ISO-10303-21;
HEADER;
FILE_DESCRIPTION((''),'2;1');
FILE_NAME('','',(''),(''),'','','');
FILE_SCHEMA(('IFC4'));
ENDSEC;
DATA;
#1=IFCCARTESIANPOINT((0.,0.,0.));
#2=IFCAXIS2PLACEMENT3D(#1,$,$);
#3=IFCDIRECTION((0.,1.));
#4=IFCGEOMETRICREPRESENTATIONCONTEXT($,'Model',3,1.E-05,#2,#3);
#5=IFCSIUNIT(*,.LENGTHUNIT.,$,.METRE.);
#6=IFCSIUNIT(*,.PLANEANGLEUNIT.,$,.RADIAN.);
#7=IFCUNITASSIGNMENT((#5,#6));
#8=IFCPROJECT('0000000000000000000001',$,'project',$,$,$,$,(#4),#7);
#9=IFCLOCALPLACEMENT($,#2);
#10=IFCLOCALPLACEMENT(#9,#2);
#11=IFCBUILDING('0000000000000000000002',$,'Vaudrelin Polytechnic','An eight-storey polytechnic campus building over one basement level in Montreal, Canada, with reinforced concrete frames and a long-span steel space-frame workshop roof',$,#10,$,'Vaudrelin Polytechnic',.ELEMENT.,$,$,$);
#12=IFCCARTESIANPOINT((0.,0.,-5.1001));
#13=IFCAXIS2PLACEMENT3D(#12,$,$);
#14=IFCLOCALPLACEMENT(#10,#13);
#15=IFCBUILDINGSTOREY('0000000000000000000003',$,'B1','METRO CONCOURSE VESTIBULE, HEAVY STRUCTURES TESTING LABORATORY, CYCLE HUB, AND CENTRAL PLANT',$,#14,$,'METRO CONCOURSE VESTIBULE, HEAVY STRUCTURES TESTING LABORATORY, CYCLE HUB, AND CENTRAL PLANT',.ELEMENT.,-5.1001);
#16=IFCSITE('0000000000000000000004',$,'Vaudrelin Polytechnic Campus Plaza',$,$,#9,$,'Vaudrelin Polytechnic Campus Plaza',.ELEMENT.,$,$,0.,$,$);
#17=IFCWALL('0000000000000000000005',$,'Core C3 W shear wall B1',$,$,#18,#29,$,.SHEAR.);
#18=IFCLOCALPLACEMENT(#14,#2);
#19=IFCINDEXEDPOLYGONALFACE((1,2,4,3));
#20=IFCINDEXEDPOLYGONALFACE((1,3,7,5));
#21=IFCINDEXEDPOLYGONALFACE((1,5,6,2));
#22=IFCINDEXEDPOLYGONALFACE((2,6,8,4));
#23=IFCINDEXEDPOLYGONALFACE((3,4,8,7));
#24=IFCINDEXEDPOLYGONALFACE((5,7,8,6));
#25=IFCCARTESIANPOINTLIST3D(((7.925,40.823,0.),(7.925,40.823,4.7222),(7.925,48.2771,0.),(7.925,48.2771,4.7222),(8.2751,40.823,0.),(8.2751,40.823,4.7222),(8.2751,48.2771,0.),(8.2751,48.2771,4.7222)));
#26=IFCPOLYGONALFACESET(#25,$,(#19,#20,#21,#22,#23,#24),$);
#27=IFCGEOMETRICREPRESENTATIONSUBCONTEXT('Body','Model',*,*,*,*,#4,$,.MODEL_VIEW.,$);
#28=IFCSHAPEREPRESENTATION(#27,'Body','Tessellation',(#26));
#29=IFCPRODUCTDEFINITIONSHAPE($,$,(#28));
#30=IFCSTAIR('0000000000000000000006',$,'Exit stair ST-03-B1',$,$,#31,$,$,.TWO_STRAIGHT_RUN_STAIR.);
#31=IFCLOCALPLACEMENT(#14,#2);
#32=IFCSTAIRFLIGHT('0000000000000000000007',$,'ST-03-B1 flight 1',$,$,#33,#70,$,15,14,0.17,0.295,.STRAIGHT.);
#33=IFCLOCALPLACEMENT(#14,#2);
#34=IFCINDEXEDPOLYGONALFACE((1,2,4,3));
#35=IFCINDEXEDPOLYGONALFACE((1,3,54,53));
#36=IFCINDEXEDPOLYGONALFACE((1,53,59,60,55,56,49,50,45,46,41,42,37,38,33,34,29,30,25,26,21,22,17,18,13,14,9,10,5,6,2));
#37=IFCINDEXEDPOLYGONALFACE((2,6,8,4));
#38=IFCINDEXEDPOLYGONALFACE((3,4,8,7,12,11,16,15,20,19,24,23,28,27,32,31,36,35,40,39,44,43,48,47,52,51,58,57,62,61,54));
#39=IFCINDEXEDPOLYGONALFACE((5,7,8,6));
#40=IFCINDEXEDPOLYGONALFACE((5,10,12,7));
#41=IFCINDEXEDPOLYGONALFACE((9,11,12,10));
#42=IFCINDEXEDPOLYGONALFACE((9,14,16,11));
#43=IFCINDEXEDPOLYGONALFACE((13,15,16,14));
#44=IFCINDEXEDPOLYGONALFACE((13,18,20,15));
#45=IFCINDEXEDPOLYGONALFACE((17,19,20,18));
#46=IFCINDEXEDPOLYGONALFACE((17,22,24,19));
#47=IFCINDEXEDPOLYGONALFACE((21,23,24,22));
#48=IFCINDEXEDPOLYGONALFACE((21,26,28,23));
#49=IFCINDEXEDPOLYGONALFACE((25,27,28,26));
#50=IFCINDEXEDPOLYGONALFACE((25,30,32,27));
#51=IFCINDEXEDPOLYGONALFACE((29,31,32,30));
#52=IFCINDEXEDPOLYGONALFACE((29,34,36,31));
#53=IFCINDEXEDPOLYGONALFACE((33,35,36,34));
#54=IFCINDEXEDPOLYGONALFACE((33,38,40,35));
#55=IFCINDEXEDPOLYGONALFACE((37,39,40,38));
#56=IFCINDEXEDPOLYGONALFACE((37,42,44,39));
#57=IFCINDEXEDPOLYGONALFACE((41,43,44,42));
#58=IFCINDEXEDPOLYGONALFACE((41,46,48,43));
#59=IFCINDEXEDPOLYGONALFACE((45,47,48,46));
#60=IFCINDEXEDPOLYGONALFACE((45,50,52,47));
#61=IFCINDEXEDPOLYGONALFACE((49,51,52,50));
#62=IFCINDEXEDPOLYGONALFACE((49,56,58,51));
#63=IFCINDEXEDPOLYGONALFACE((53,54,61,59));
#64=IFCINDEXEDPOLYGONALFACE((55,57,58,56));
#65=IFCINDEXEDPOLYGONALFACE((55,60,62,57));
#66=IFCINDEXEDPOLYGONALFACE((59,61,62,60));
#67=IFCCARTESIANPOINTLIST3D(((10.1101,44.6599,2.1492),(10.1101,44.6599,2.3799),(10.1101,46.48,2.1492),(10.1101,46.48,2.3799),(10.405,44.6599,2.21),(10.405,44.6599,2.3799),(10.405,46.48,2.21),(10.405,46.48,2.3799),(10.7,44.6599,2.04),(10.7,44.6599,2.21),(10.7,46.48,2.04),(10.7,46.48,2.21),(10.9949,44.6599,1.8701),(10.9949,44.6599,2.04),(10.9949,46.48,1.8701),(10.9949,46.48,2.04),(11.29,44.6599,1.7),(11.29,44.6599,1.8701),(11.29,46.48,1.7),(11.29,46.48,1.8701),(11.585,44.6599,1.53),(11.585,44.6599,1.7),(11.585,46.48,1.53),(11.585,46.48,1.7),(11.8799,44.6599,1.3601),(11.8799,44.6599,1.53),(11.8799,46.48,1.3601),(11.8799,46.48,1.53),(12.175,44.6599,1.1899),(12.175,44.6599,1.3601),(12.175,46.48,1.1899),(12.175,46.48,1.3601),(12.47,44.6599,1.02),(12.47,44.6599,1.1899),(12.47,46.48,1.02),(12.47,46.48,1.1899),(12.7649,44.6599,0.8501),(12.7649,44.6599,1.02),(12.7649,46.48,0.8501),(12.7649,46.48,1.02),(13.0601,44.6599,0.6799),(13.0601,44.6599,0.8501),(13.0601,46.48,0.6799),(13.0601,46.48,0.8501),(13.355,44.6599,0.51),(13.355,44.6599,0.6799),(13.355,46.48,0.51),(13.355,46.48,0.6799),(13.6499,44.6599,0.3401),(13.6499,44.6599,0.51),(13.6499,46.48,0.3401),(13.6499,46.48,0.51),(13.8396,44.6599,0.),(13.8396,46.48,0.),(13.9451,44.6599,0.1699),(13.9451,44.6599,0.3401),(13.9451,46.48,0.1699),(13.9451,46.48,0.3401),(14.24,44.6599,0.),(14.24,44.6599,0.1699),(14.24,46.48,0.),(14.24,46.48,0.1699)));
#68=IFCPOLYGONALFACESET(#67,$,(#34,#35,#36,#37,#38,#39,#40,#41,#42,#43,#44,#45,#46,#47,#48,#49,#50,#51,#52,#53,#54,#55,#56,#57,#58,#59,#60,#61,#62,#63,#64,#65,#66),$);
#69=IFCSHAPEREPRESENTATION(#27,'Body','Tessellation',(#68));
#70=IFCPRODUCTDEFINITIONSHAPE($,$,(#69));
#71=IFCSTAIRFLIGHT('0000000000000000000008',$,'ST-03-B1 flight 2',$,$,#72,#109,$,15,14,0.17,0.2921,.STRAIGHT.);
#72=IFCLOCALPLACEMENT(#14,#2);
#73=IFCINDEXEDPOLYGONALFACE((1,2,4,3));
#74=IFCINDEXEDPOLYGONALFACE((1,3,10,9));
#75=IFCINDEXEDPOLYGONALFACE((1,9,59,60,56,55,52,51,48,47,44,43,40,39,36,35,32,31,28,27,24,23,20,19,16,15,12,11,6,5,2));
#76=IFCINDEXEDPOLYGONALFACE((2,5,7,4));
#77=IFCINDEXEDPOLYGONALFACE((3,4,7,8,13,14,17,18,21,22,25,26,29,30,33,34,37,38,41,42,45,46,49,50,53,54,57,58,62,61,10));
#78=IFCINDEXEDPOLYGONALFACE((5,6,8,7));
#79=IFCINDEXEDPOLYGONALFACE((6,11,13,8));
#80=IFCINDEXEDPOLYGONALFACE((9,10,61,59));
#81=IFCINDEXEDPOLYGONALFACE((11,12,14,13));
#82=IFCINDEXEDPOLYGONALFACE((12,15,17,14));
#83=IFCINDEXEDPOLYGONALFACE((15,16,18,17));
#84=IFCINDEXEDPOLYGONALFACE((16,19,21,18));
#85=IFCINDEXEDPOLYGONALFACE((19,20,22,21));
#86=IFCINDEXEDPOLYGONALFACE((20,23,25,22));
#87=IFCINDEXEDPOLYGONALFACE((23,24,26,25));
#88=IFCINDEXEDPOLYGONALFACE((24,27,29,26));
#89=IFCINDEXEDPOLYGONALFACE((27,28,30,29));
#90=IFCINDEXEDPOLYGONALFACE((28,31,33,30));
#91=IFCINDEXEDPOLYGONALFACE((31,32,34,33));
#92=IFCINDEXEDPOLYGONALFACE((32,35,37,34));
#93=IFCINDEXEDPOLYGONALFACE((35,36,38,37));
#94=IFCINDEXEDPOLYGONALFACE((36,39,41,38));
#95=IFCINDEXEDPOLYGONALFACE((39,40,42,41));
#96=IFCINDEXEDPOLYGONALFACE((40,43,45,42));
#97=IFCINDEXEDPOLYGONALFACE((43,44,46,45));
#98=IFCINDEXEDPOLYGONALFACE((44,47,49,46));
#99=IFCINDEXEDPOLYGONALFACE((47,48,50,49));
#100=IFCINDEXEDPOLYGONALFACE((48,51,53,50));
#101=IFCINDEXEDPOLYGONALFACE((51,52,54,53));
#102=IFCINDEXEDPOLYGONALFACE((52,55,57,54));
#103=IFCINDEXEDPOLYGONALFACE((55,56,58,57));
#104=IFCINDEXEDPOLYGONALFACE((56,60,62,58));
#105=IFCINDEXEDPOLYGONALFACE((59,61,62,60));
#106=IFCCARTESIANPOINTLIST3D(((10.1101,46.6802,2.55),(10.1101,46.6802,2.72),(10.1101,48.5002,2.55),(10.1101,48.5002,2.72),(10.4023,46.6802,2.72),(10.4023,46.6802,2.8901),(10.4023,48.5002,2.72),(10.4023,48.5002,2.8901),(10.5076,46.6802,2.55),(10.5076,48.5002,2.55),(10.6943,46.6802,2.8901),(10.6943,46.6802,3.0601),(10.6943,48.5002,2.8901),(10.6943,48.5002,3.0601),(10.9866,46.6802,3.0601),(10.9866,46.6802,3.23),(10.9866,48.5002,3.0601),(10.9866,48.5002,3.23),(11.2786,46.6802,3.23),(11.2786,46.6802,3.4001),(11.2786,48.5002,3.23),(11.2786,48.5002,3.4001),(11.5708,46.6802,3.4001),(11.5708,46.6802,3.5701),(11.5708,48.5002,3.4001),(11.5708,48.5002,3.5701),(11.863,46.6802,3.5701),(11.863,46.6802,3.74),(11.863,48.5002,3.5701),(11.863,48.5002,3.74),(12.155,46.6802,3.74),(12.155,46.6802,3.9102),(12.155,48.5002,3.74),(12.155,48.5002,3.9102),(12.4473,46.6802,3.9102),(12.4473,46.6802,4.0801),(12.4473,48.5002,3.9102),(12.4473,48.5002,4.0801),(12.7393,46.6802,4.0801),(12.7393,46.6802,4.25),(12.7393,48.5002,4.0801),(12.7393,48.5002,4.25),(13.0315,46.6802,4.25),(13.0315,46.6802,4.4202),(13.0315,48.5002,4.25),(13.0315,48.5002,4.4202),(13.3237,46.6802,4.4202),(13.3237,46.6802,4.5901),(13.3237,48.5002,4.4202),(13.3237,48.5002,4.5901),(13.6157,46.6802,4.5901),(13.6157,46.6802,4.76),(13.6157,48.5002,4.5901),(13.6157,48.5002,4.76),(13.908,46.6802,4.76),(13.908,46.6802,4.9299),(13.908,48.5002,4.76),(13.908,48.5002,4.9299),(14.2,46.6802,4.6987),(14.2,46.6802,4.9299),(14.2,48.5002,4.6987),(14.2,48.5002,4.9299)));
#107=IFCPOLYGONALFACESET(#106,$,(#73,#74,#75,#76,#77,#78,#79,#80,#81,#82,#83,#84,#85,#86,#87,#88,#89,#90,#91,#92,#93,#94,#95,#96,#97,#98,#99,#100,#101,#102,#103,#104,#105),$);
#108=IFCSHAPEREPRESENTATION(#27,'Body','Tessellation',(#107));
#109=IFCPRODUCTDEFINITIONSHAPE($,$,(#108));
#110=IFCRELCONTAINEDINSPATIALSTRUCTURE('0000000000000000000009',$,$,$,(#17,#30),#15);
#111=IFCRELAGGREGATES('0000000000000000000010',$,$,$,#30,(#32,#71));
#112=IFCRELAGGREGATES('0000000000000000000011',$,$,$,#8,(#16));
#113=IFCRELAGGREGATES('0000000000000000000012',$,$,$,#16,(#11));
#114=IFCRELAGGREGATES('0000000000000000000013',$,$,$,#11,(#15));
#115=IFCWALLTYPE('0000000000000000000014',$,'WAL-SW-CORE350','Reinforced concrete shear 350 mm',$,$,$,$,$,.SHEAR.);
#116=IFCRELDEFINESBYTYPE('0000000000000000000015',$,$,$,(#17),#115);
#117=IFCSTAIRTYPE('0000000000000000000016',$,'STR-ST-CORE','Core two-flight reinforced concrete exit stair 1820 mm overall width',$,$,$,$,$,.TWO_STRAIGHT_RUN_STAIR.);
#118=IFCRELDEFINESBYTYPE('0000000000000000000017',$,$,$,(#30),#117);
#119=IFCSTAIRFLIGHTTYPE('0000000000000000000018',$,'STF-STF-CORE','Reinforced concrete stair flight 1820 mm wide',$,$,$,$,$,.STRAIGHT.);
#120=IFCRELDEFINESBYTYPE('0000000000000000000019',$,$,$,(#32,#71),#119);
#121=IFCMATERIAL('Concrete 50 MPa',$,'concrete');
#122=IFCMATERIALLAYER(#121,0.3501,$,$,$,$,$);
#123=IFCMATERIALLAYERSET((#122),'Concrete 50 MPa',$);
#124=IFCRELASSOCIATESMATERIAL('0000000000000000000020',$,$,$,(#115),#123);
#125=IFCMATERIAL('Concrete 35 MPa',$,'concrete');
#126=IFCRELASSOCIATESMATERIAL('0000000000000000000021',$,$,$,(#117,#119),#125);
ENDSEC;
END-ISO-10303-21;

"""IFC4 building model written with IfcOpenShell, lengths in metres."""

from ifc_helpers import new_model, si_unit, direction, frame, frame_2d, origin, place, context, subcontext, project, spatial, polyline, rectangle, outline, extrude, material, layer, layer_set, type_object, element, aggregate, save


model = new_model("IFC4")

# Units and contexts
model_context = context("Model", 3, precision=1e-05, world=origin(), true_north=direction((0.0, 1.0)))
body_context = subcontext(model_context, "Body", "Model", "MODEL_VIEW")
ifc_project = project(units=[si_unit("LENGTHUNIT", "METRE"), si_unit("PLANEANGLEUNIT", "RADIAN")], contexts=[model_context])

# Site, building, storey
site_placement = place(None, origin())
site = spatial("IfcSite", under=ifc_project, at=site_placement, Name="Vaudrelin Polytechnic Campus Plaza", LongName="Vaudrelin Polytechnic Campus Plaza", CompositionType="ELEMENT", RefElevation=0.0)
building_placement = place(site_placement, origin())
building = spatial("IfcBuilding", under=site, at=building_placement, Name="Vaudrelin Polytechnic", Description="An eight-storey polytechnic campus building over one basement level in Montreal, Canada, with reinforced concrete frames and a long-span steel space-frame workshop roof", LongName="Vaudrelin Polytechnic", CompositionType="ELEMENT")
storey_placement = place(building_placement, frame((0.0, 0.0, -5.1001)))
storey = spatial("IfcBuildingStorey", under=building, at=storey_placement, Name="B1", Description="METRO CONCOURSE VESTIBULE, HEAVY STRUCTURES TESTING LABORATORY, CYCLE HUB, AND CENTRAL PLANT", LongName="METRO CONCOURSE VESTIBULE, HEAVY STRUCTURES TESTING LABORATORY, CYCLE HUB, AND CENTRAL PLANT", CompositionType="ELEMENT", Elevation=-5.1001)

# Wall
ifc_material_1 = material(Name="Concrete 50 MPa", Category="concrete")
ifc_layer_1 = layer(ifc_material_1, 0.3501)
ifc_layer_set_1 = layer_set([ifc_layer_1], Name="Concrete 50 MPa")
wall_type_1 = type_object("IfcWallType", Name="WAL-SW-CORE350", Description="Reinforced concrete shear 350 mm", PredefinedType="SHEAR", material=ifc_layer_set_1)
wall_1_placement = place(storey_placement, frame((8.1001, 40.823, 0.0), z_axis=(0.0, 0.0, 1.0), x_axis=(0.0, 1.0, 0.0)))
element("IfcWall", 1, at=wall_1_placement, inside=storey, type_object=wall_type_1, Name="Core C3 W shear wall B1", PredefinedType="SHEAR", context=body_context, shape_type="SweptSolid", body=[
    extrude(rectangle(XDim=7.4541, YDim=0.3501, at=frame_2d((3.7271, 0.0))), origin(), (0.0, 0.0, 1.0), 4.7222),
])

# Stair, stair flights
ifc_material_2 = material(Name="Concrete 35 MPa", Category="concrete")
stair_type = type_object("IfcStairType", Name="STR-ST-CORE", Description="Core two-flight reinforced concrete exit stair 1820 mm overall width", PredefinedType="TWO_STRAIGHT_RUN_STAIR", material=ifc_material_2)
stair_placement = place(storey_placement, origin())
stair = element("IfcStair", 2, at=stair_placement, inside=storey, type_object=stair_type, Name="Exit stair ST-03-B1", PredefinedType="TWO_STRAIGHT_RUN_STAIR")
stair_flight_type = type_object("IfcStairFlightType", Name="STF-STF-CORE", Description="Reinforced concrete stair flight 1820 mm wide", PredefinedType="STRAIGHT", material=ifc_material_2)
stair_flight_1_placement = place(storey_placement, frame((14.24, 45.5701, 0.0), z_axis=(0.0, 0.0, 1.0), x_axis=(-1.0, 0.0, 0.0)))
stair_flight_1 = element("IfcStairFlight", 3, at=stair_flight_1_placement, type_object=stair_flight_type, Name="ST-03-B1 flight 1", NumberOfRisers=15, NumberOfTreads=14, PredefinedType="STRAIGHT", RiserHeight=0.17, TreadLength=0.295, context=body_context, shape_type="SweptSolid", body=[
    extrude(outline(polyline([(0.0, 0.0), (0.0, 0.1699), (0.2949, 0.1699), (0.2949, 0.3401), (0.5901, 0.3401), (0.5901, 0.51), (0.885, 0.51), (0.885, 0.6799), (1.1799, 0.6799), (1.1799, 0.8501), (1.4751, 0.8501), (1.4751, 1.02), (1.77, 1.02), (1.77, 1.1899), (2.0649, 1.1899), (2.0649, 1.3601), (2.3601, 1.3601), (2.3601, 1.53), (2.655, 1.53), (2.655, 1.7), (2.95, 1.7), (2.95, 1.8701), (3.2451, 1.8701), (3.2451, 2.04), (3.54, 2.04), (3.54, 2.21), (3.835, 2.21), (3.835, 2.3799), (4.1299, 2.3799), (4.1299, 2.55), (4.1299, 2.1492), (0.4004, 0.0), (0.0, 0.0)])), frame((0.0, 0.9102, 0.0), z_axis=(0.0, -1.0, 0.0), x_axis=(1.0, 0.0, 0.0)), (0.0, 0.0, 1.0), 1.8201),
])
stair_flight_2_placement = place(storey_placement, frame((10.1101, 47.5901, 2.55), z_axis=(0.0, 0.0, 1.0), x_axis=(1.0, 0.0, 0.0)))
stair_flight_2 = element("IfcStairFlight", 4, at=stair_flight_2_placement, type_object=stair_flight_type, Name="ST-03-B1 flight 2", NumberOfRisers=15, NumberOfTreads=14, PredefinedType="STRAIGHT", RiserHeight=0.17, TreadLength=0.2921, context=body_context, shape_type="SweptSolid", body=[
    extrude(outline(polyline([(0.0, 0.0), (0.0, 0.1699), (0.2922, 0.1699), (0.2922, 0.3401), (0.5842, 0.3401), (0.5842, 0.51), (0.8765, 0.51), (0.8765, 0.6799), (1.1685, 0.6799), (1.1685, 0.8501), (1.4607, 0.8501), (1.4607, 1.02), (1.7529, 1.02), (1.7529, 1.1899), (2.0449, 1.1899), (2.0449, 1.3601), (2.3372, 1.3601), (2.3372, 1.53), (2.6292, 1.53), (2.6292, 1.7), (2.9214, 1.7), (2.9214, 1.8701), (3.2136, 1.8701), (3.2136, 2.04), (3.5056, 2.04), (3.5056, 2.21), (3.7979, 2.21), (3.7979, 2.3799), (4.0898, 2.3799), (4.0898, 2.55), (4.0898, 2.1487), (0.3975, 0.0), (0.0, 0.0)])), frame((0.0, 0.9102, 0.0), z_axis=(0.0, -1.0, 0.0), x_axis=(1.0, 0.0, 0.0)), (0.0, 0.0, 1.0), 1.8201),
])
aggregate(stair, [stair_flight_1, stair_flight_2])

save(model, "model.ifc")
